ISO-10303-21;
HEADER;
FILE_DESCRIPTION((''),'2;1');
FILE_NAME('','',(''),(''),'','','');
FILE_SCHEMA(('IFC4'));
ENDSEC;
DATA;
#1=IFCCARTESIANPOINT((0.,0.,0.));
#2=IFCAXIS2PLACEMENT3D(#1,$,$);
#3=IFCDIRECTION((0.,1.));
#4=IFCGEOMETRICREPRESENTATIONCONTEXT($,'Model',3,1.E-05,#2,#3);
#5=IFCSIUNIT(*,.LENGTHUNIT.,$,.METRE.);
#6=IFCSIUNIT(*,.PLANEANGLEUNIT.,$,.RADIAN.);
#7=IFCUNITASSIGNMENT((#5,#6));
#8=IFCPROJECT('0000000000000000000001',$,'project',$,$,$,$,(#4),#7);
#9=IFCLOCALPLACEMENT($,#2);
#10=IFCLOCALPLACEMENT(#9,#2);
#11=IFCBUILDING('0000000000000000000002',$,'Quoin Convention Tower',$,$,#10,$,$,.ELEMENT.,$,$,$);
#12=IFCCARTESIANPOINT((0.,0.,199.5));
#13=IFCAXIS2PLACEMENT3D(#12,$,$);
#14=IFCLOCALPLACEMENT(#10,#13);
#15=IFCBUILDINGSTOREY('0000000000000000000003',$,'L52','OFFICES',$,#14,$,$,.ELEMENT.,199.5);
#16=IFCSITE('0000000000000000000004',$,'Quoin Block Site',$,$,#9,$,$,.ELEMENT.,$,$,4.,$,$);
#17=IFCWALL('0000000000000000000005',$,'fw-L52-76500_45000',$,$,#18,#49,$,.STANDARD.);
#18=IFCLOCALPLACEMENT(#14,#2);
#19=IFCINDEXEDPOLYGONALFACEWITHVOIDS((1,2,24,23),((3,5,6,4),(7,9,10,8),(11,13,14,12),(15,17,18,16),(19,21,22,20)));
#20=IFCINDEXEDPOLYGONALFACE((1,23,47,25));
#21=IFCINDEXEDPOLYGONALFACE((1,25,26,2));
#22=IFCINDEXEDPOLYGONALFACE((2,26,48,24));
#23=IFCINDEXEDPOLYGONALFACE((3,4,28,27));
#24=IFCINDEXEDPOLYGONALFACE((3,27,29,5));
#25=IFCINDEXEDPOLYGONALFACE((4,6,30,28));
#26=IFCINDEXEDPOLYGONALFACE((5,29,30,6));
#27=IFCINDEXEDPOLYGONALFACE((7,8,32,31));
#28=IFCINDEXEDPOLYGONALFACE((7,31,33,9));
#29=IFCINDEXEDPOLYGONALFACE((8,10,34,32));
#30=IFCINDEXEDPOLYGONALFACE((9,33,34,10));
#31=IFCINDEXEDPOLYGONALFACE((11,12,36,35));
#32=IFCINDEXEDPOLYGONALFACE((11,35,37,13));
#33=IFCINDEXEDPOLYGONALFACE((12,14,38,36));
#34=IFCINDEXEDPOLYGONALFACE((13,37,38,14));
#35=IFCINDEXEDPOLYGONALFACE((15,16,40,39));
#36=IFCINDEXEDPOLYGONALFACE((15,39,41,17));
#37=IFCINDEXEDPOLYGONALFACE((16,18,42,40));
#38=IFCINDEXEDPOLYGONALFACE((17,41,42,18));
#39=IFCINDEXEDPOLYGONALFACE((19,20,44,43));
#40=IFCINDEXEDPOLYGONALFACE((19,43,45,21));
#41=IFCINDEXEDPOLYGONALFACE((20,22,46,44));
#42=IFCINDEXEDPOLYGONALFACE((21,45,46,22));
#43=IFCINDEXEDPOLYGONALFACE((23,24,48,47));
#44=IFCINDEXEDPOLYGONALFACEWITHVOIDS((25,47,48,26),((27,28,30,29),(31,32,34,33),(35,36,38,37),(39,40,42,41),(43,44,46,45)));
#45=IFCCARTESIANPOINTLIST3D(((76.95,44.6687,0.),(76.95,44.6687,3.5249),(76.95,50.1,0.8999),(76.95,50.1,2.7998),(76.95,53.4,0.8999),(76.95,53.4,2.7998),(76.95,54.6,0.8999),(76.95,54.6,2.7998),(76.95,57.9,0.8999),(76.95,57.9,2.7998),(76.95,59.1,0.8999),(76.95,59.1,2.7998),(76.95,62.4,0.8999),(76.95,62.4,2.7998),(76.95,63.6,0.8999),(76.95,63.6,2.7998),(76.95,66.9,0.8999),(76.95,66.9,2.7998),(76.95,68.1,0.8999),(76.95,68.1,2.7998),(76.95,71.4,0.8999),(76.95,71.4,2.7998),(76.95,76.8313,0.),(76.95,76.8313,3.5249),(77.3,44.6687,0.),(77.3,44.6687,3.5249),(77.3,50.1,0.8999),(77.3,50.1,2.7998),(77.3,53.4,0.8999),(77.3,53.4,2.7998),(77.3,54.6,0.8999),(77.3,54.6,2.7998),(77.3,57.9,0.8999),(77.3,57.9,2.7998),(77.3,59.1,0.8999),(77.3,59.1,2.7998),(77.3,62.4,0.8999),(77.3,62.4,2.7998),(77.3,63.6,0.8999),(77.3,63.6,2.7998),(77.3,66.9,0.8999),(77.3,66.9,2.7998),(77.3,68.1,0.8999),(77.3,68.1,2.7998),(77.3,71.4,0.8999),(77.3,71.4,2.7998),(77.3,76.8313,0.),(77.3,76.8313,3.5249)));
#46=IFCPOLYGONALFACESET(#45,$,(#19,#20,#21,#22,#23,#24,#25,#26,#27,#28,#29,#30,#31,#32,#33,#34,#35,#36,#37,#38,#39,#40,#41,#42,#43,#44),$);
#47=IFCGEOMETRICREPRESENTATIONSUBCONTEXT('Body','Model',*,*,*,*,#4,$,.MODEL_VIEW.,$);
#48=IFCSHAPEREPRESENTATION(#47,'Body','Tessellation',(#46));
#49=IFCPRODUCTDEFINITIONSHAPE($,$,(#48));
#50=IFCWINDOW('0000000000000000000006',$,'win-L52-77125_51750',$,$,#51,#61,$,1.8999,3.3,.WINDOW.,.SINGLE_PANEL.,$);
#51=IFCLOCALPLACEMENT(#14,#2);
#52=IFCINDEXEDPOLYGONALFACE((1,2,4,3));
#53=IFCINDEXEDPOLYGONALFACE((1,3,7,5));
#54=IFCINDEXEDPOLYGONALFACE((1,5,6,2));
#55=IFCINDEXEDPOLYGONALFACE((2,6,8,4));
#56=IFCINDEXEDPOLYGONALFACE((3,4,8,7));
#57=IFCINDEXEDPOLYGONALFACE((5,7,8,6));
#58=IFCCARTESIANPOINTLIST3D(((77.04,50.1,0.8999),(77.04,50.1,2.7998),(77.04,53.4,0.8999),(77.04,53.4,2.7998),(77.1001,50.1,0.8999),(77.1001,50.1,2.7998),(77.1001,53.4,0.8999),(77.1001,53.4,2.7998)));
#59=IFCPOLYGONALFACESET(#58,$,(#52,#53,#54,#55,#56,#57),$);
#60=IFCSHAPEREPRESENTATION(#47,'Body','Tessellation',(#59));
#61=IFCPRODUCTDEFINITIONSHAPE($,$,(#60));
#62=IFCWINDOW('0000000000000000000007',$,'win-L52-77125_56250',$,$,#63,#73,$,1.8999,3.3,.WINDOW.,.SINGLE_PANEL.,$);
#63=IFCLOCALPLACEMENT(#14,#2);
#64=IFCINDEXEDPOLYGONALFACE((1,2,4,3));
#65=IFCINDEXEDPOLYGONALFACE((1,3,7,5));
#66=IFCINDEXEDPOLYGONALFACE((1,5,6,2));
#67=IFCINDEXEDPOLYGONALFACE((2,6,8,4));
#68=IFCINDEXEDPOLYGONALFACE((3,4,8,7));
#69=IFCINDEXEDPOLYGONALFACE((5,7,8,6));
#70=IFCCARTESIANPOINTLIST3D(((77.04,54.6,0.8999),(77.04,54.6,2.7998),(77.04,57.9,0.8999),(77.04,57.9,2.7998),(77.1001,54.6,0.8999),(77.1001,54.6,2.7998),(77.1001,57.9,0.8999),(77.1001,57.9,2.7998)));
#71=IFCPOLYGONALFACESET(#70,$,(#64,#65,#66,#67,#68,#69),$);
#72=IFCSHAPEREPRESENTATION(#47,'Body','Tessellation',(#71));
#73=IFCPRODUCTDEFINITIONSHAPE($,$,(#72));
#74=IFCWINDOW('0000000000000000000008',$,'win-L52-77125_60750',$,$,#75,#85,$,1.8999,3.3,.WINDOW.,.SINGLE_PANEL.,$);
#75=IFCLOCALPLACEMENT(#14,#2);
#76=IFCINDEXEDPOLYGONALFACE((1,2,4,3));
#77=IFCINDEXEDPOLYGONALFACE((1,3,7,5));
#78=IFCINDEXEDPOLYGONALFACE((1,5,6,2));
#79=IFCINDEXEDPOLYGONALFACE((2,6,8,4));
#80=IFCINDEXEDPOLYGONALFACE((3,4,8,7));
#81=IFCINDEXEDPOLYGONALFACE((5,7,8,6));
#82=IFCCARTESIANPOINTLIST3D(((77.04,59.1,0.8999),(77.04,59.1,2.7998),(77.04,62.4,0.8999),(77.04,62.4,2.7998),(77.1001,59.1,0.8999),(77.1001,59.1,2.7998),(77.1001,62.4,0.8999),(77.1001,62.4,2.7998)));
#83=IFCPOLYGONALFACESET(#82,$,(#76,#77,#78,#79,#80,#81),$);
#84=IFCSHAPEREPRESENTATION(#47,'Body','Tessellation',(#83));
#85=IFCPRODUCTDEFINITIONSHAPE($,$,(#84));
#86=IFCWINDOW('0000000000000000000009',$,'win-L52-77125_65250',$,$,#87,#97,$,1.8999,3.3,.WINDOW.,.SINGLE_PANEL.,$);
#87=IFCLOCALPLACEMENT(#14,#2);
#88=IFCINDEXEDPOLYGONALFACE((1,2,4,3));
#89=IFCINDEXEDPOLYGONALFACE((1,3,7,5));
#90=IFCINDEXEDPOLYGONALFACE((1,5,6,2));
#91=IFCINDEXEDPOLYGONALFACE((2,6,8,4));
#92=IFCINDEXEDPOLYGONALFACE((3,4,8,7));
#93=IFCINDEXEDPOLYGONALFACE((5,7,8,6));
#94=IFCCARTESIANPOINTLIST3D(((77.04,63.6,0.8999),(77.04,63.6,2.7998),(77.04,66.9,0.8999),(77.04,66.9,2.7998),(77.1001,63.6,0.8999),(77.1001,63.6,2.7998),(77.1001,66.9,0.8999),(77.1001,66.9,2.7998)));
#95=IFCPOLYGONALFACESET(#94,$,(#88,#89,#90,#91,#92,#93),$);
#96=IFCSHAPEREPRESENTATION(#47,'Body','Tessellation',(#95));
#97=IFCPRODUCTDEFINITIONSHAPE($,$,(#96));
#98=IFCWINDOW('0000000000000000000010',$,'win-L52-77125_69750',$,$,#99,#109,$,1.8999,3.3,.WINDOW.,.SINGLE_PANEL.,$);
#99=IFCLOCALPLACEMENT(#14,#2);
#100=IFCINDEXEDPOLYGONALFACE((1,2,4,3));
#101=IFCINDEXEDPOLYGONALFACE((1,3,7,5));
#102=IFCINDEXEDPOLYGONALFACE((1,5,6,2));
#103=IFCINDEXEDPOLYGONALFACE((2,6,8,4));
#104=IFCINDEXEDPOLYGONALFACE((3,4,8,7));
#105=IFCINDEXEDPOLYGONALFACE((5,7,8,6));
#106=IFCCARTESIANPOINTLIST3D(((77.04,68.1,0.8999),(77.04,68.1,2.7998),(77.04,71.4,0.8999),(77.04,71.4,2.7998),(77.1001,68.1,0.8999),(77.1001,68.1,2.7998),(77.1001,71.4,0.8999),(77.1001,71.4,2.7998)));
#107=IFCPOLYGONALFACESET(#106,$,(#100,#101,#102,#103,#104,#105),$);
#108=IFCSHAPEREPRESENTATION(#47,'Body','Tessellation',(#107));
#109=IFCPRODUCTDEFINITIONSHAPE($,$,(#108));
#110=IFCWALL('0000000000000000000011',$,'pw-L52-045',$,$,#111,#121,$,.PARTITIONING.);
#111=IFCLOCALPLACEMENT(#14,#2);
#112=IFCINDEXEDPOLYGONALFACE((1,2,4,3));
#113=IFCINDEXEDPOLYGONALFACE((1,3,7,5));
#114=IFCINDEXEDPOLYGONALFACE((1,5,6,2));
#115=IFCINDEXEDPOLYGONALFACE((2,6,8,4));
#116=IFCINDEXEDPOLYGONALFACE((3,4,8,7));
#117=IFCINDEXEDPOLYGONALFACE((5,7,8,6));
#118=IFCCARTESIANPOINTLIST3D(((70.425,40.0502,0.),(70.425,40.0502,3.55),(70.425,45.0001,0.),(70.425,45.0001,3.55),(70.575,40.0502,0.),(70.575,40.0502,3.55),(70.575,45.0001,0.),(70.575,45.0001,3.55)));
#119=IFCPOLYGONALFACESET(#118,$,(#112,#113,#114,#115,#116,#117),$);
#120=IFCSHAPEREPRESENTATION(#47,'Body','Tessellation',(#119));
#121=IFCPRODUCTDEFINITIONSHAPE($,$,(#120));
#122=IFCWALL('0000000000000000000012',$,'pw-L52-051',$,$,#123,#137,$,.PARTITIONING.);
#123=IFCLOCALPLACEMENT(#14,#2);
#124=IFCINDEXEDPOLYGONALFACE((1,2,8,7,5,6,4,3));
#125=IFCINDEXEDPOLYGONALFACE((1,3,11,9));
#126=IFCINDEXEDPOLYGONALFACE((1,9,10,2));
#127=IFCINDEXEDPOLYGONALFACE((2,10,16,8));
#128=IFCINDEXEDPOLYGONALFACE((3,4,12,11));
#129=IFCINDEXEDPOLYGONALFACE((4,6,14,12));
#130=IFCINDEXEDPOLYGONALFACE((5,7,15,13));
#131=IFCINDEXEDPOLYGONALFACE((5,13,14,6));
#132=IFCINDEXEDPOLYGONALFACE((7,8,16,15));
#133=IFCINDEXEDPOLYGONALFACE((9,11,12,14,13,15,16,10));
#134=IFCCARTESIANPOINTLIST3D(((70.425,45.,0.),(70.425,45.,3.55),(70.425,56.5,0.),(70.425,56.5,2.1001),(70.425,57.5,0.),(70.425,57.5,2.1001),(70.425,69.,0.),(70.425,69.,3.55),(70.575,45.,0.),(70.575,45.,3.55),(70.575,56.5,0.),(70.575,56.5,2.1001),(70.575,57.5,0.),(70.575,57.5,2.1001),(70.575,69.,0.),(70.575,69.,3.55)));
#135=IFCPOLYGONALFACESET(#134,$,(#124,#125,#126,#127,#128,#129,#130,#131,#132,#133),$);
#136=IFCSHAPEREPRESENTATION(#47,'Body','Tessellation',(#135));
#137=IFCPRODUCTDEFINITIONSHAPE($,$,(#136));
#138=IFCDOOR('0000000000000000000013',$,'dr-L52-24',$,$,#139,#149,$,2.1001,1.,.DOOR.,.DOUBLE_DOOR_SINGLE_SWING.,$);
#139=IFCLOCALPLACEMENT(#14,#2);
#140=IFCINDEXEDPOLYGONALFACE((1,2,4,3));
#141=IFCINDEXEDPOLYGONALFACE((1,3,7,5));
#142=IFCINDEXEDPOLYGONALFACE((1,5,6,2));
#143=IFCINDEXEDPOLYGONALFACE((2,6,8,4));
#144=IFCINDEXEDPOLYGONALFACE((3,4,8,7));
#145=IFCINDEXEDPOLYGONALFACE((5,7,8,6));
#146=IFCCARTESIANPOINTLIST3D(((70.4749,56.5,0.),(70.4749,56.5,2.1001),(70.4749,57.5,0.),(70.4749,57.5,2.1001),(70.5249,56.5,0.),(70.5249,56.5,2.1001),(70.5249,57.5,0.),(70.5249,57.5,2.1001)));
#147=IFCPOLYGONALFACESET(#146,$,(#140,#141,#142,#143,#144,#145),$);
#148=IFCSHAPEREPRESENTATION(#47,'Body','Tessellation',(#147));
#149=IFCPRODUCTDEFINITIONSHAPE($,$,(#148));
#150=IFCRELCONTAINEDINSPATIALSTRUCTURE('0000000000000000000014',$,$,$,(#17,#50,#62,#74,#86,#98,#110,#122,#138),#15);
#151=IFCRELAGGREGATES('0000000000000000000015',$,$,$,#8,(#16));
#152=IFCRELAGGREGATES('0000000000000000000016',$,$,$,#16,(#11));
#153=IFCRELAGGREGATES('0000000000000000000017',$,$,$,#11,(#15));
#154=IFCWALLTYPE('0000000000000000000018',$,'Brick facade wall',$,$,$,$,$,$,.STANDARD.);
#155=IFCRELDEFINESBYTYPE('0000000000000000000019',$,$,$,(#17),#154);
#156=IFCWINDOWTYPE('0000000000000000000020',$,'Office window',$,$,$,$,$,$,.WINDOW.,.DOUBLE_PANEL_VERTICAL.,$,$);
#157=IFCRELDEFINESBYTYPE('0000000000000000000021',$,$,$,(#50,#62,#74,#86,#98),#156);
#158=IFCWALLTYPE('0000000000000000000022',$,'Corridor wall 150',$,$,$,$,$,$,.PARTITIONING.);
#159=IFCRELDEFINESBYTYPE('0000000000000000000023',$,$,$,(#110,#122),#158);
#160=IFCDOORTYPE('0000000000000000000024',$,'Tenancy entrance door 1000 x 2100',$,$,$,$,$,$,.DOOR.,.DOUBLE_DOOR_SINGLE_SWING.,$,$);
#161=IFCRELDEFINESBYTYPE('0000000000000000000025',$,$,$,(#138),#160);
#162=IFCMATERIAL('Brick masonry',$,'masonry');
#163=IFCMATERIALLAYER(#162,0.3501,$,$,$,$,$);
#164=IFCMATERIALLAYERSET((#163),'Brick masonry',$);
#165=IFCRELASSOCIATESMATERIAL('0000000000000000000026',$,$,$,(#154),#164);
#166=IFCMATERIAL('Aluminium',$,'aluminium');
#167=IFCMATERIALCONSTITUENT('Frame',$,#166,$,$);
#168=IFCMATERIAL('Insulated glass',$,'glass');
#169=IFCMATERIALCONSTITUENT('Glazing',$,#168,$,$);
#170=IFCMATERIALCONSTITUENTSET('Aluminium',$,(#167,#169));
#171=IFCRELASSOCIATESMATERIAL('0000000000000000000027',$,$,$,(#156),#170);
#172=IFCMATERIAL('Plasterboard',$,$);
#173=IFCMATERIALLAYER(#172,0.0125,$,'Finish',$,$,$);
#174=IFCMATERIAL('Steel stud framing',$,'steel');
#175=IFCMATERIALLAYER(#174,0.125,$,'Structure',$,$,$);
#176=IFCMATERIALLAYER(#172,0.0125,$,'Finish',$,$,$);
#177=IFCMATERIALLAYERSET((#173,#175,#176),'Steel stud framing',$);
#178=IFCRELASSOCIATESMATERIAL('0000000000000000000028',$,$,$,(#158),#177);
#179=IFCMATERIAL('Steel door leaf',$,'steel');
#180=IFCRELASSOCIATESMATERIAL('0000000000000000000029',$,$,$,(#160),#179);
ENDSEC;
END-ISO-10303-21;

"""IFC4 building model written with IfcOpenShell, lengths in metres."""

from ifc_helpers import new_model, si_unit, direction, frame, frame_2d, origin, place, context, subcontext, project, spatial, rectangle, extrude, material, layer, layer_set, constituent, constituent_set, type_object, element, fill, save


model = new_model("IFC4")

# Units and contexts
model_context = context("Model", 3, precision=1e-05, world=origin(), true_north=direction((0.0, 1.0)))
body_context = subcontext(model_context, "Body", "Model", "MODEL_VIEW")
ifc_project = project(units=[si_unit("LENGTHUNIT", "METRE"), si_unit("PLANEANGLEUNIT", "RADIAN")], contexts=[model_context])

# Site, building, storey
site_placement = place(None, origin())
site = spatial("IfcSite", under=ifc_project, at=site_placement, Name="Quoin Block Site", CompositionType="ELEMENT", RefElevation=4.0)
building_placement = place(site_placement, origin())
building = spatial("IfcBuilding", under=site, at=building_placement, Name="Quoin Convention Tower", CompositionType="ELEMENT")
storey_placement = place(building_placement, frame((0.0, 0.0, 199.5)))
storey = spatial("IfcBuildingStorey", under=building, at=storey_placement, Name="L52", Description="OFFICES", CompositionType="ELEMENT", Elevation=199.5)

# Shared definitions
ifc_material_1 = material(Name="Plasterboard")
ifc_material_2 = material(Name="Steel stud framing", Category="steel")

# Shared definitions
ifc_material_3 = material(Name="Brick masonry", Category="masonry")
ifc_layer_1 = layer(ifc_material_3, 0.3501)
ifc_layer_set_1 = layer_set([ifc_layer_1], Name="Brick masonry")
wall_type_1 = type_object("IfcWallType", Name="Brick facade wall", PredefinedType="STANDARD", material=ifc_layer_set_1)
ifc_material_4 = material(Name="Aluminium", Category="aluminium")
ifc_constituent_1 = constituent(ifc_material_4, Name="Frame")
ifc_material_5 = material(Name="Insulated glass", Category="glass")
ifc_constituent_2 = constituent(ifc_material_5, Name="Glazing")
ifc_constituent_set = constituent_set(constituents=[ifc_constituent_1, ifc_constituent_2], Name="Aluminium")
window_type = type_object("IfcWindowType", Name="Office window", PartitioningType="DOUBLE_PANEL_VERTICAL", PredefinedType="WINDOW", material=ifc_constituent_set)

# Wall, openings, windows
wall_1_placement = place(storey_placement, frame((77.125, 44.6687, 0.0), z_axis=(0.0, 0.0, 1.0), x_axis=(0.0, 1.0, 0.0)))
wall_1 = element("IfcWall", 1, at=wall_1_placement, inside=storey, type_object=wall_type_1, Name="fw-L52-76500_45000", PredefinedType="STANDARD", context=body_context, shape_type="SweptSolid", body=[
    extrude(rectangle(XDim=32.1626, YDim=0.3501, at=frame_2d((16.0813, 0.0))), origin(), (0.0, 0.0, 1.0), 3.5249),
])
opening_1_placement = place(wall_1_placement, frame((5.4314, 0.0, 0.8999)))
opening_1 = element("IfcOpeningElement", 2, at=opening_1_placement, cuts=wall_1, PredefinedType="OPENING", context=body_context, shape_type="SweptSolid", body=[
    extrude(rectangle(XDim=3.3, YDim=1.8999, at=frame_2d((1.6499, 0.95))), frame((0.0, 0.1851, 0.0), z_axis=(0.0, -1.0, 0.0), x_axis=(1.0, 0.0, 0.0)), (0.0, 0.0, 1.0), 0.3701),
])
opening_2_placement = place(wall_1_placement, frame((9.9314, 0.0, 0.8999)))
opening_2 = element("IfcOpeningElement", 3, at=opening_2_placement, cuts=wall_1, PredefinedType="OPENING", context=body_context, shape_type="SweptSolid", body=[
    extrude(rectangle(XDim=3.3, YDim=1.8999, at=frame_2d((1.6499, 0.95))), frame((0.0, 0.1851, 0.0), z_axis=(0.0, -1.0, 0.0), x_axis=(1.0, 0.0, 0.0)), (0.0, 0.0, 1.0), 0.3701),
])
opening_3_placement = place(wall_1_placement, frame((14.4314, 0.0, 0.8999)))
opening_3 = element("IfcOpeningElement", 4, at=opening_3_placement, cuts=wall_1, PredefinedType="OPENING", context=body_context, shape_type="SweptSolid", body=[
    extrude(rectangle(XDim=3.3, YDim=1.8999, at=frame_2d((1.6499, 0.95))), frame((0.0, 0.1851, 0.0), z_axis=(0.0, -1.0, 0.0), x_axis=(1.0, 0.0, 0.0)), (0.0, 0.0, 1.0), 0.3701),
])
opening_4_placement = place(wall_1_placement, frame((18.9314, 0.0, 0.8999)))
opening_4 = element("IfcOpeningElement", 5, at=opening_4_placement, cuts=wall_1, PredefinedType="OPENING", context=body_context, shape_type="SweptSolid", body=[
    extrude(rectangle(XDim=3.3, YDim=1.8999, at=frame_2d((1.6499, 0.95))), frame((0.0, 0.1851, 0.0), z_axis=(0.0, -1.0, 0.0), x_axis=(1.0, 0.0, 0.0)), (0.0, 0.0, 1.0), 0.3701),
])
opening_5_placement = place(wall_1_placement, frame((23.4314, 0.0, 0.8999)))
opening_5 = element("IfcOpeningElement", 6, at=opening_5_placement, cuts=wall_1, PredefinedType="OPENING", context=body_context, shape_type="SweptSolid", body=[
    extrude(rectangle(XDim=3.3, YDim=1.8999, at=frame_2d((1.6499, 0.95))), frame((0.0, 0.1851, 0.0), z_axis=(0.0, -1.0, 0.0), x_axis=(1.0, 0.0, 0.0)), (0.0, 0.0, 1.0), 0.3701),
])
window_1_placement = place(opening_1_placement, origin())
window_1 = element("IfcWindow", 7, at=window_1_placement, inside=storey, type_object=window_type, Name="win-L52-77125_51750", OverallHeight=1.8999, OverallWidth=3.3, PartitioningType="SINGLE_PANEL", PredefinedType="WINDOW", context=body_context, shape_type="SweptSolid", body=[
    extrude(rectangle(XDim=3.3, YDim=1.8999, at=frame_2d((1.6499, 0.95))), frame((0.0, 0.085, 0.0), z_axis=(0.0, -1.0, 0.0), x_axis=(1.0, 0.0, 0.0)), (0.0, 0.0, 1.0), 0.0601),
])
fill(opening_1, window_1)
window_2_placement = place(opening_2_placement, origin())
window_2 = element("IfcWindow", 8, at=window_2_placement, inside=storey, type_object=window_type, Name="win-L52-77125_56250", OverallHeight=1.8999, OverallWidth=3.3, PartitioningType="SINGLE_PANEL", PredefinedType="WINDOW", context=body_context, shape_type="SweptSolid", body=[
    extrude(rectangle(XDim=3.3, YDim=1.8999, at=frame_2d((1.6499, 0.95))), frame((0.0, 0.085, 0.0), z_axis=(0.0, -1.0, 0.0), x_axis=(1.0, 0.0, 0.0)), (0.0, 0.0, 1.0), 0.0601),
])
fill(opening_2, window_2)
window_3_placement = place(opening_3_placement, origin())
window_3 = element("IfcWindow", 9, at=window_3_placement, inside=storey, type_object=window_type, Name="win-L52-77125_60750", OverallHeight=1.8999, OverallWidth=3.3, PartitioningType="SINGLE_PANEL", PredefinedType="WINDOW", context=body_context, shape_type="SweptSolid", body=[
    extrude(rectangle(XDim=3.3, YDim=1.8999, at=frame_2d((1.6499, 0.95))), frame((0.0, 0.085, 0.0), z_axis=(0.0, -1.0, 0.0), x_axis=(1.0, 0.0, 0.0)), (0.0, 0.0, 1.0), 0.0601),
])
fill(opening_3, window_3)
window_4_placement = place(opening_4_placement, origin())
window_4 = element("IfcWindow", 10, at=window_4_placement, inside=storey, type_object=window_type, Name="win-L52-77125_65250", OverallHeight=1.8999, OverallWidth=3.3, PartitioningType="SINGLE_PANEL", PredefinedType="WINDOW", context=body_context, shape_type="SweptSolid", body=[
    extrude(rectangle(XDim=3.3, YDim=1.8999, at=frame_2d((1.6499, 0.95))), frame((0.0, 0.085, 0.0), z_axis=(0.0, -1.0, 0.0), x_axis=(1.0, 0.0, 0.0)), (0.0, 0.0, 1.0), 0.0601),
])
fill(opening_4, window_4)
window_5_placement = place(opening_5_placement, origin())
window_5 = element("IfcWindow", 11, at=window_5_placement, inside=storey, type_object=window_type, Name="win-L52-77125_69750", OverallHeight=1.8999, OverallWidth=3.3, PartitioningType="SINGLE_PANEL", PredefinedType="WINDOW", context=body_context, shape_type="SweptSolid", body=[
    extrude(rectangle(XDim=3.3, YDim=1.8999, at=frame_2d((1.6499, 0.95))), frame((0.0, 0.085, 0.0), z_axis=(0.0, -1.0, 0.0), x_axis=(1.0, 0.0, 0.0)), (0.0, 0.0, 1.0), 0.0601),
])
fill(opening_5, window_5)

# Wall
ifc_layer_2 = layer(ifc_material_1, 0.0125, Name="Finish")
ifc_layer_3 = layer(ifc_material_2, 0.125, Name="Structure")
ifc_layer_4 = layer(ifc_material_1, 0.0125, Name="Finish")
ifc_layer_set_2 = layer_set([ifc_layer_2, ifc_layer_3, ifc_layer_4], Name="Steel stud framing")
wall_type_2 = type_object("IfcWallType", Name="Corridor wall 150", PredefinedType="PARTITIONING", material=ifc_layer_set_2)
wall_2_placement = place(storey_placement, frame((70.5, 40.05, 0.0), z_axis=(0.0, 0.0, 1.0), x_axis=(0.0, 1.0, 0.0)))
element("IfcWall", 12, at=wall_2_placement, inside=storey, type_object=wall_type_2, Name="pw-L52-045", PredefinedType="PARTITIONING", context=body_context, shape_type="SweptSolid", body=[
    extrude(rectangle(XDim=4.95, YDim=0.1499, at=frame_2d((2.4751, 0.0))), origin(), (0.0, 0.0, 1.0), 3.55),
])

# Wall, opening, door
wall_3_placement = place(storey_placement, frame((70.5, 45.0, 0.0), z_axis=(0.0, 0.0, 1.0), x_axis=(0.0, 1.0, 0.0)))
wall_3 = element("IfcWall", 13, at=wall_3_placement, inside=storey, type_object=wall_type_2, Name="pw-L52-051", PredefinedType="PARTITIONING", context=body_context, shape_type="SweptSolid", body=[
    extrude(rectangle(XDim=24.0, YDim=0.1499, at=frame_2d((12.0, 0.0))), origin(), (0.0, 0.0, 1.0), 3.55),
])
opening_6_placement = place(wall_3_placement, frame((11.5, 0.0, 0.0)))
opening_6 = element("IfcOpeningElement", 14, at=opening_6_placement, cuts=wall_3, PredefinedType="OPENING", context=body_context, shape_type="SweptSolid", body=[
    extrude(rectangle(XDim=1.0, YDim=2.1001, at=frame_2d((0.5, 1.05))), frame((0.0, 0.085, 0.0), z_axis=(0.0, -1.0, 0.0), x_axis=(1.0, 0.0, 0.0)), (0.0, 0.0, 1.0), 0.1699),
])
ifc_material_6 = material(Name="Steel door leaf", Category="steel")
door_type_1 = type_object("IfcDoorType", Name="Tenancy entrance door 1000 x 2100", OperationType="DOUBLE_DOOR_SINGLE_SWING", PredefinedType="DOOR", material=ifc_material_6)
door_1_placement = place(opening_6_placement, frame((1.0, 0.0, 0.0), z_axis=(0.0, 0.0, 1.0), x_axis=(-1.0, 0.0, 0.0)))
door_1 = element("IfcDoor", 15, at=door_1_placement, inside=storey, type_object=door_type_1, Name="dr-L52-24", OperationType="DOUBLE_DOOR_SINGLE_SWING", OverallHeight=2.1001, OverallWidth=1.0, PredefinedType="DOOR", context=body_context, shape_type="SweptSolid", body=[
    extrude(rectangle(XDim=1.0, YDim=2.1001, at=frame_2d((0.5, 1.05))), frame((0.0, 0.0249, 0.0), z_axis=(0.0, -1.0, 0.0), x_axis=(1.0, 0.0, 0.0)), (0.0, 0.0, 1.0), 0.05),
])
fill(opening_6, door_1)

save(model, "model.ifc")
